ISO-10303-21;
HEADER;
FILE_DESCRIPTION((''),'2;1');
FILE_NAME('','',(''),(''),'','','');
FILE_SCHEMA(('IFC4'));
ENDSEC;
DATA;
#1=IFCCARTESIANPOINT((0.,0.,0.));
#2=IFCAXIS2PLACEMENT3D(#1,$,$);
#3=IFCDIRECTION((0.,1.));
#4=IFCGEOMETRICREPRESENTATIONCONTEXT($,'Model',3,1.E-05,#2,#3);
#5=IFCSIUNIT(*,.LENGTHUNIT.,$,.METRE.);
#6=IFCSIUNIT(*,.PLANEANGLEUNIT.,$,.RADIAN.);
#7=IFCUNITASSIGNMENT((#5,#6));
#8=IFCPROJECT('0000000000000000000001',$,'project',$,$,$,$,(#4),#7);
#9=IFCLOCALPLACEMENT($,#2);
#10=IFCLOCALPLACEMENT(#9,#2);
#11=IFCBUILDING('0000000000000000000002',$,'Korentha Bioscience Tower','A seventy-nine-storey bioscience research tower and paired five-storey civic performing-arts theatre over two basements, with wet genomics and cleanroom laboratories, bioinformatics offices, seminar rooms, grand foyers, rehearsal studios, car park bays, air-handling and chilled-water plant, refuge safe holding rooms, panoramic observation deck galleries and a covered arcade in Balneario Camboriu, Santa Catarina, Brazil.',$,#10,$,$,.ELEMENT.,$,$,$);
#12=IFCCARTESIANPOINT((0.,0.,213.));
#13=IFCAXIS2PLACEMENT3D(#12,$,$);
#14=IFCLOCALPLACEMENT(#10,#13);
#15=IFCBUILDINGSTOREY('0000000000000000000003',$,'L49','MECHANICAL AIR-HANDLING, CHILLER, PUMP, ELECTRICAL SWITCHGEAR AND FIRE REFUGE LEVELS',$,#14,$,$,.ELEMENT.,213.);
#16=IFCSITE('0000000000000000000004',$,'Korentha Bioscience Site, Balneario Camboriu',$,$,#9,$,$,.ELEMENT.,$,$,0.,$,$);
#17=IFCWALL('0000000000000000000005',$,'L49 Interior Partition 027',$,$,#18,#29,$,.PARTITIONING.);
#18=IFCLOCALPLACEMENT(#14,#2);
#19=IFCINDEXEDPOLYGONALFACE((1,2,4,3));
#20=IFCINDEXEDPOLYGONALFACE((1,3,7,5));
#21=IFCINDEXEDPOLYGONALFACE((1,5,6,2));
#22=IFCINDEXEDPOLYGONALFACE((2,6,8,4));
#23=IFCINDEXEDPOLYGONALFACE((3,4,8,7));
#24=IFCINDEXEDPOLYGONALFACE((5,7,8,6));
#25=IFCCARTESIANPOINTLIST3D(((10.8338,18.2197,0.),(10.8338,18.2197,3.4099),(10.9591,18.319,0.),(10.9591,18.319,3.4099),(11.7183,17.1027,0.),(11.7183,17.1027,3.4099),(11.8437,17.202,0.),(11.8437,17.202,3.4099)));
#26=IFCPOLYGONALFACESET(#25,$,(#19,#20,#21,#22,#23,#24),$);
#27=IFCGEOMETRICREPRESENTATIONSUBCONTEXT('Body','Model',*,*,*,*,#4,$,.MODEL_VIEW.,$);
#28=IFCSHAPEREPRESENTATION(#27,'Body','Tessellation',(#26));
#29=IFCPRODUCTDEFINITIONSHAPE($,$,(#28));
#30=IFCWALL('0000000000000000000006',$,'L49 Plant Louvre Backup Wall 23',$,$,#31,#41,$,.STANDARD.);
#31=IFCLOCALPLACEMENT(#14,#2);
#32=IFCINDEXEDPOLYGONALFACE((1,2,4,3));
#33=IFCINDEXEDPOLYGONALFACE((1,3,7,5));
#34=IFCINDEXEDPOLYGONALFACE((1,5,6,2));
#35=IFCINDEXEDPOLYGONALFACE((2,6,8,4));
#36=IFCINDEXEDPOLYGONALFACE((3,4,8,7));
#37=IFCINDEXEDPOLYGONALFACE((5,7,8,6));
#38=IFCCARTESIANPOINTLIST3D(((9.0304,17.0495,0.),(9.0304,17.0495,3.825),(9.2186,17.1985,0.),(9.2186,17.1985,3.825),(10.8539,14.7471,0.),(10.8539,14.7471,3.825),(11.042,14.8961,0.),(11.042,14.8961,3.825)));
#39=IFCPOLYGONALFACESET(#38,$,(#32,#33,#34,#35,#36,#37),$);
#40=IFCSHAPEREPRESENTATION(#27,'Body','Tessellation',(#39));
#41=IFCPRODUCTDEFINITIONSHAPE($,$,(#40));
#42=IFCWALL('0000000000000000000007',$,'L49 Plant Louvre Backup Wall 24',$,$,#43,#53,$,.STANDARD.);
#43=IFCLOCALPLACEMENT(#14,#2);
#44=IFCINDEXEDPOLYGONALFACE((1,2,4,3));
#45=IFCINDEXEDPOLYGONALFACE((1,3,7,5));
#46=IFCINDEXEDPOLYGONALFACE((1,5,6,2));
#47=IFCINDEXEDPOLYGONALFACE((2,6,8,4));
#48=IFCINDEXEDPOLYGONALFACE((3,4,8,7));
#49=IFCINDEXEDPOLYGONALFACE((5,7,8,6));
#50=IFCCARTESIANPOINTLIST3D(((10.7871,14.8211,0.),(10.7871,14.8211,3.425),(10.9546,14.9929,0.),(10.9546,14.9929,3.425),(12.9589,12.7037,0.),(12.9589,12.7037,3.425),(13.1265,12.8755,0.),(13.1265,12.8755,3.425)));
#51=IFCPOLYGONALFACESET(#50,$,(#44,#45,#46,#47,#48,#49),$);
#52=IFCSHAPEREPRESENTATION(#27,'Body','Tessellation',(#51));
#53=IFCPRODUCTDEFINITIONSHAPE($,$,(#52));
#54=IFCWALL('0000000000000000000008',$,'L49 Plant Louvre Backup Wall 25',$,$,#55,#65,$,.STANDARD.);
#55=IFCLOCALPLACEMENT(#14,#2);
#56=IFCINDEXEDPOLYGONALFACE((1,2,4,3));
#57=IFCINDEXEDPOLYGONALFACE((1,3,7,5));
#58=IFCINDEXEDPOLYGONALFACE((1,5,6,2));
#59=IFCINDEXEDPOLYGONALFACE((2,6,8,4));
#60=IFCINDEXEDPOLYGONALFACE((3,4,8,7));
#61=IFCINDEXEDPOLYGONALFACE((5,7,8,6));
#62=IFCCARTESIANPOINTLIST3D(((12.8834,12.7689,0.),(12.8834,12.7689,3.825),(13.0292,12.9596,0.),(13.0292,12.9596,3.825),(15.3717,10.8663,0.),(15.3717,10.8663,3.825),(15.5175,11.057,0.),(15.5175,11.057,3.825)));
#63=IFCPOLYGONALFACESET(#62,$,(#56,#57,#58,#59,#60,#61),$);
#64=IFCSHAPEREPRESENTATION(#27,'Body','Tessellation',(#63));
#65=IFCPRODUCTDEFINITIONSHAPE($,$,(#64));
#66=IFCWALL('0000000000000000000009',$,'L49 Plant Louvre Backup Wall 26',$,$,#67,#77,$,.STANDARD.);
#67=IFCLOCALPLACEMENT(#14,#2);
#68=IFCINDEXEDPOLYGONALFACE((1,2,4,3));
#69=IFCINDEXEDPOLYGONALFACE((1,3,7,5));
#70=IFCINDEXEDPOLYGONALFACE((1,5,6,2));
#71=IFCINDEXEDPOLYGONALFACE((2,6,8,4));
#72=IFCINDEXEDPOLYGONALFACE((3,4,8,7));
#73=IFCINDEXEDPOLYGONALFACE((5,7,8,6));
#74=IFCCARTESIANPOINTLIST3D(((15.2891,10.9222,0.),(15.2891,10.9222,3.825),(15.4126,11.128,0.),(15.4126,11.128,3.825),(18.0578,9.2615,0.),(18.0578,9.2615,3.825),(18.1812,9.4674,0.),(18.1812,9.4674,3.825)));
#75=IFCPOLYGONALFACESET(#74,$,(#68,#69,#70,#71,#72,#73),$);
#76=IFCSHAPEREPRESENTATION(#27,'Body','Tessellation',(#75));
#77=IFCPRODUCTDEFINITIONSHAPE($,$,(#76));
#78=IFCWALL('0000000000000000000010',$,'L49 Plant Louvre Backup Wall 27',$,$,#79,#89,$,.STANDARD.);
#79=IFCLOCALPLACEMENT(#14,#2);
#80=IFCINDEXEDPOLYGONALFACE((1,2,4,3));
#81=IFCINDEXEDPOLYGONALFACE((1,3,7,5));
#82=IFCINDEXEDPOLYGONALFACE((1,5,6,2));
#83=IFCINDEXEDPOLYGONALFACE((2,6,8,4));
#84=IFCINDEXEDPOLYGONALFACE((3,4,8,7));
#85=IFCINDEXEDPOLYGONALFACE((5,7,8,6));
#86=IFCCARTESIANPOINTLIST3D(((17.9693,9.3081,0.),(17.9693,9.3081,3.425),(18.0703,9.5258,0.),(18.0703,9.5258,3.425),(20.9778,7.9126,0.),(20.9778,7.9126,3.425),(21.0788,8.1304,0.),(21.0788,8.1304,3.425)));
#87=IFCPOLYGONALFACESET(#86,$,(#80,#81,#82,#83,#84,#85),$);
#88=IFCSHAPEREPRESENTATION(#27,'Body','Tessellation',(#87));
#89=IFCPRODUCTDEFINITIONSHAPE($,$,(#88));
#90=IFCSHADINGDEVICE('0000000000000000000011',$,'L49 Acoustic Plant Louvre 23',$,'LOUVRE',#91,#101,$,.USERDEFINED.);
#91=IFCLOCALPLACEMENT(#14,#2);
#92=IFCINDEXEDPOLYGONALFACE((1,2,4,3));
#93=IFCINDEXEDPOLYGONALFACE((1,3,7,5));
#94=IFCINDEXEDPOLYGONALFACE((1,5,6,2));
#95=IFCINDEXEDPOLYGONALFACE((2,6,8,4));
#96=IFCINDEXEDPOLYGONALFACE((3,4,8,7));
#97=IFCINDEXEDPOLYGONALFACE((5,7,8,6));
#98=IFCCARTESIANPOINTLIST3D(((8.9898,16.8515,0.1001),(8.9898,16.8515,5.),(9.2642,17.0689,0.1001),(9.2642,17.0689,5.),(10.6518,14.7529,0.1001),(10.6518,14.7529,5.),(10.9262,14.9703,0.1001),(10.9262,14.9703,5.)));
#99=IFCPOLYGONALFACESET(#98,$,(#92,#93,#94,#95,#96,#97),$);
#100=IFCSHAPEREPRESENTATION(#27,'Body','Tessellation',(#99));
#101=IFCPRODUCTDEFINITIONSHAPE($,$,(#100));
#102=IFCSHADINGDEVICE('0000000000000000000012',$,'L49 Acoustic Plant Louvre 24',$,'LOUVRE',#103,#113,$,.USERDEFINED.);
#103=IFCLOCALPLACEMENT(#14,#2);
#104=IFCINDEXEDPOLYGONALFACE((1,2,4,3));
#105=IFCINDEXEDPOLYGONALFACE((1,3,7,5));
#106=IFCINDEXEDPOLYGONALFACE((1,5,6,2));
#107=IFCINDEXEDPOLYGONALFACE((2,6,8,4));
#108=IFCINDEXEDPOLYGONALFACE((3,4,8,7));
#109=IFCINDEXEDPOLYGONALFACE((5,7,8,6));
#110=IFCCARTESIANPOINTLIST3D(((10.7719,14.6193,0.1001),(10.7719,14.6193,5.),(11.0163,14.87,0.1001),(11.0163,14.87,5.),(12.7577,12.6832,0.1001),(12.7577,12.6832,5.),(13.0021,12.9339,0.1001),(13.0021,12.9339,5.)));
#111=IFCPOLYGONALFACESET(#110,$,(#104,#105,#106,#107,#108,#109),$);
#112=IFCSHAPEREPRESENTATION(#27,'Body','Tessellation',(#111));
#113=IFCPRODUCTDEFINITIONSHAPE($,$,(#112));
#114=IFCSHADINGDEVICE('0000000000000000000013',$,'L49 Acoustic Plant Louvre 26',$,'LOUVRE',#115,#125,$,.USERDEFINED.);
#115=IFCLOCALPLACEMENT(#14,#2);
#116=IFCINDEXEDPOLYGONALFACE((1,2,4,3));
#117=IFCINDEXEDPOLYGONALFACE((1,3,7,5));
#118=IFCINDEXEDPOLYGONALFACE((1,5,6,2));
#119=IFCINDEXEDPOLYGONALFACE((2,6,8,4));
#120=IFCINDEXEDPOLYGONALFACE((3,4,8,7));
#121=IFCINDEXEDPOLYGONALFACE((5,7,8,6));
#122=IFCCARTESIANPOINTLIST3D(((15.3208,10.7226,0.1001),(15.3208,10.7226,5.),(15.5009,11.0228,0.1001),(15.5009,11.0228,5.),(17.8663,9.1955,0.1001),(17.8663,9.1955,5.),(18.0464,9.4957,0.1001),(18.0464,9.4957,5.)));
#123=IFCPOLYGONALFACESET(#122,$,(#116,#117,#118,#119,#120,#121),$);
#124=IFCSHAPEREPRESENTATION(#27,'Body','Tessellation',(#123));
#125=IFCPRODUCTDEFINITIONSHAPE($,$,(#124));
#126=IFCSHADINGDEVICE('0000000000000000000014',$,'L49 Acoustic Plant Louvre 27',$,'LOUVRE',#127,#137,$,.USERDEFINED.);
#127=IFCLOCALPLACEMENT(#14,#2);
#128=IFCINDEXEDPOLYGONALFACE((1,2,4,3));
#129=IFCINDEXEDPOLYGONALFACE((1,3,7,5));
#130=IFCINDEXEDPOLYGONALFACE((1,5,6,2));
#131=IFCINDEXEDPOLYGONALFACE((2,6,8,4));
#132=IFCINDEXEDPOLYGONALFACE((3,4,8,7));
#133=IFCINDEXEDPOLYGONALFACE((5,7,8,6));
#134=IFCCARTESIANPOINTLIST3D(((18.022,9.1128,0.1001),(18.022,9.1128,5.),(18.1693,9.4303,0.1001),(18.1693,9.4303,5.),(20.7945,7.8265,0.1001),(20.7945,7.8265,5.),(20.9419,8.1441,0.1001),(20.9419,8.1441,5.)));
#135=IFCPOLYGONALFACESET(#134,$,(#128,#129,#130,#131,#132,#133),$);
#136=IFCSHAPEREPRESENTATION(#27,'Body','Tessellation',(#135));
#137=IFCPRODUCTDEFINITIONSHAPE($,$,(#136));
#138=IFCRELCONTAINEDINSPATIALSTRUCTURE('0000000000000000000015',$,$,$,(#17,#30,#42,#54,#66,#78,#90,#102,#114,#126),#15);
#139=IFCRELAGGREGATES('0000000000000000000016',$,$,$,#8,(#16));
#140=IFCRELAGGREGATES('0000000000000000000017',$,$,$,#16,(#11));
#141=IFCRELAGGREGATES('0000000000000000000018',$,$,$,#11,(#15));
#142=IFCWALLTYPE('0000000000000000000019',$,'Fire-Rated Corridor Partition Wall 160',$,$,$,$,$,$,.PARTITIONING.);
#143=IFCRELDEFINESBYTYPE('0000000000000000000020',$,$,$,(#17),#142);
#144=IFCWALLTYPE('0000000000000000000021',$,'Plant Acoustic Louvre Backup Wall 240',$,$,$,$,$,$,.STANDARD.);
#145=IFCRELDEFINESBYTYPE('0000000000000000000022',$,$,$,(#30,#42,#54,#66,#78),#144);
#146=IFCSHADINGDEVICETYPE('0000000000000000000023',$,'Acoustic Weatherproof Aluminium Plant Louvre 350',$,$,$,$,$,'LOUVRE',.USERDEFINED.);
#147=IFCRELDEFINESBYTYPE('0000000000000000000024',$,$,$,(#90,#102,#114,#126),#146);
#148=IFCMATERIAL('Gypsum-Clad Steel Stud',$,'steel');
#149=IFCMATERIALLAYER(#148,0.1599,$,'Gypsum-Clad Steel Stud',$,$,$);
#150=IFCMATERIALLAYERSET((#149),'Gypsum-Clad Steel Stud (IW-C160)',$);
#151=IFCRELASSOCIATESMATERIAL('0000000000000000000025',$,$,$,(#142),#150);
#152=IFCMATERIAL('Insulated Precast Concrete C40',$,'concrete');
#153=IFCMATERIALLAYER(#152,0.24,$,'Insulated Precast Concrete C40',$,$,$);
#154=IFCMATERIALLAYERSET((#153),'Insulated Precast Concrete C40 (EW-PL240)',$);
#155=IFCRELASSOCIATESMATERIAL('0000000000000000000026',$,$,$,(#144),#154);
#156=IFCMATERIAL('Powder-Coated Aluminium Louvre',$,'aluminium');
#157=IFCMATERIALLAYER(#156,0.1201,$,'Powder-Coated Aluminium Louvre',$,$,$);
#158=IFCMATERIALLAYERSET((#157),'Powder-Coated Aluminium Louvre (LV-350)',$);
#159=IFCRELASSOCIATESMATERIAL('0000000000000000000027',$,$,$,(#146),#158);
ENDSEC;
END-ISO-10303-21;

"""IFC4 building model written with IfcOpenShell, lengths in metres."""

from ifc_helpers import new_model, si_unit, direction, frame, frame_2d, origin, origin_2d, place, context, subcontext, project, spatial, rectangle, extrude, material, layer, layer_set, type_object, element, save


model = new_model("IFC4")

# Units and contexts
model_context = context("Model", 3, precision=1e-05, world=origin(), true_north=direction((0.0, 1.0)))
body_context = subcontext(model_context, "Body", "Model", "MODEL_VIEW")
ifc_project = project(units=[si_unit("LENGTHUNIT", "METRE"), si_unit("PLANEANGLEUNIT", "RADIAN")], contexts=[model_context])

# Site, building, storey
site_placement = place(None, origin())
site = spatial("IfcSite", under=ifc_project, at=site_placement, Name="Korentha Bioscience Site, Balneario Camboriu", CompositionType="ELEMENT", RefElevation=0.0)
building_placement = place(site_placement, origin())
building = spatial("IfcBuilding", under=site, at=building_placement, Name="Korentha Bioscience Tower", Description="A seventy-nine-storey bioscience research tower and paired five-storey civic performing-arts theatre over two basements, with wet genomics and cleanroom laboratories, bioinformatics offices, seminar rooms, grand foyers, rehearsal studios, car park bays, air-handling and chilled-water plant, refuge safe holding rooms, panoramic observation deck galleries and a covered arcade in Balneario Camboriu, Santa Catarina, Brazil.", CompositionType="ELEMENT")
storey_placement = place(building_placement, frame((0.0, 0.0, 213.0)))
storey = spatial("IfcBuildingStorey", under=building, at=storey_placement, Name="L49", Description="MECHANICAL AIR-HANDLING, CHILLER, PUMP, ELECTRICAL SWITCHGEAR AND FIRE REFUGE LEVELS", CompositionType="ELEMENT", Elevation=213.0)

# Walls
ifc_material_1 = material(Name="Gypsum-Clad Steel Stud", Category="steel")
ifc_layer_1 = layer(ifc_material_1, 0.1599, Name="Gypsum-Clad Steel Stud")
ifc_layer_set_1 = layer_set([ifc_layer_1], Name="Gypsum-Clad Steel Stud (IW-C160)")
wall_type_1 = type_object("IfcWallType", Name="Fire-Rated Corridor Partition Wall 160", PredefinedType="PARTITIONING", material=ifc_layer_set_1)
wall_1_placement = place(storey_placement, frame((11.781, 17.1523, 0.0), z_axis=(0.0, 0.0, 1.0), x_axis=(-0.620821, 0.783952, 0.0)))
element("IfcWall", 1, at=wall_1_placement, inside=storey, type_object=wall_type_1, Name="L49 Interior Partition 027", PredefinedType="PARTITIONING", context=body_context, shape_type="SweptSolid", body=[
    extrude(rectangle(XDim=1.4248, YDim=0.1599, at=frame_2d((0.7124, 0.0))), origin(), (0.0, 0.0, 1.0), 3.4099),
])
ifc_material_2 = material(Name="Insulated Precast Concrete C40", Category="concrete")
ifc_layer_2 = layer(ifc_material_2, 0.24, Name="Insulated Precast Concrete C40")
ifc_layer_set_2 = layer_set([ifc_layer_2], Name="Insulated Precast Concrete C40 (EW-PL240)")
wall_type_2 = type_object("IfcWallType", Name="Plant Acoustic Louvre Backup Wall 240", PredefinedType="STANDARD", material=ifc_layer_set_2)
wall_2_placement = place(storey_placement, frame((9.1245, 17.124, 0.0), z_axis=(0.0, 0.0, 1.0), x_axis=(0.620846, -0.783933, 0.0)))
element("IfcWall", 2, at=wall_2_placement, inside=storey, type_object=wall_type_2, Name="L49 Plant Louvre Backup Wall 23", PredefinedType="STANDARD", context=body_context, shape_type="SweptSolid", body=[
    extrude(rectangle(XDim=2.937, YDim=0.24, at=frame_2d((1.4685, 0.0))), origin(), (0.0, 0.0, 1.0), 3.825),
])
wall_3_placement = place(storey_placement, frame((10.8708, 14.907, 0.0), z_axis=(0.0, 0.0, 1.0), x_axis=(0.716024, -0.698075, 0.0)))
element("IfcWall", 3, at=wall_3_placement, inside=storey, type_object=wall_type_2, Name="L49 Plant Louvre Backup Wall 24", PredefinedType="STANDARD", context=body_context, shape_type="SweptSolid", body=[
    extrude(rectangle(XDim=3.0332, YDim=0.24, at=frame_2d((1.5166, 0.0))), origin(), (0.0, 0.0, 1.0), 3.425),
])
wall_4_placement = place(storey_placement, frame((12.9563, 12.8643, 0.0), z_axis=(0.0, 0.0, 1.0), x_axis=(0.794391, -0.607407, 0.0)))
element("IfcWall", 4, at=wall_4_placement, inside=storey, type_object=wall_type_2, Name="L49 Plant Louvre Backup Wall 25", PredefinedType="STANDARD", context=body_context, shape_type="SweptSolid", body=[
    extrude(rectangle(XDim=3.1323, YDim=0.24, at=frame_2d((1.5662, 0.0))), origin(), (0.0, 0.0, 1.0), 3.825),
])
wall_5_placement = place(storey_placement, frame((15.3508, 11.0251, 0.0), z_axis=(0.0, 0.0, 1.0), x_axis=(0.85756, -0.514385, 0.0)))
element("IfcWall", 5, at=wall_5_placement, inside=storey, type_object=wall_type_2, Name="L49 Plant Louvre Backup Wall 26", PredefinedType="STANDARD", context=body_context, shape_type="SweptSolid", body=[
    extrude(rectangle(XDim=3.2285, YDim=0.24, at=frame_2d((1.6143, 0.0))), origin(), (0.0, 0.0, 1.0), 3.825),
])
wall_6_placement = place(storey_placement, frame((18.0198, 9.417, 0.0), z_axis=(0.0, 0.0, 1.0), x_axis=(0.907161, -0.420785, 0.0)))
element("IfcWall", 6, at=wall_6_placement, inside=storey, type_object=wall_type_2, Name="L49 Plant Louvre Backup Wall 27", PredefinedType="STANDARD", context=body_context, shape_type="SweptSolid", body=[
    extrude(rectangle(XDim=3.3164, YDim=0.24, at=frame_2d((1.6582, 0.0))), origin(), (0.0, 0.0, 1.0), 3.425),
])

# Shading devices
ifc_material_3 = material(Name="Powder-Coated Aluminium Louvre", Category="aluminium")
ifc_layer_3 = layer(ifc_material_3, 0.1201, Name="Powder-Coated Aluminium Louvre")
ifc_layer_set_3 = layer_set([ifc_layer_3], Name="Powder-Coated Aluminium Louvre (LV-350)")
shading_device_type = type_object("IfcShadingDeviceType", Name="Acoustic Weatherproof Aluminium Plant Louvre 350", ElementType="LOUVRE", PredefinedType="USERDEFINED", material=ifc_layer_set_3)
shading_device_1_placement = place(storey_placement, frame((9.958, 15.9109, 0.1001), z_axis=(0.0, 0.0, 1.0), x_axis=(0.620845, -0.783934, 0.0)))
element("IfcShadingDevice", 7, at=shading_device_1_placement, inside=storey, type_object=shading_device_type, Name="L49 Acoustic Plant Louvre 23", ObjectType="LOUVRE", PredefinedType="USERDEFINED", context=body_context, shape_type="SweptSolid", body=[
    extrude(rectangle(XDim=2.677, YDim=0.3501, at=origin_2d()), origin(), (0.0, 0.0, 1.0), 4.8999),
])
shading_device_2_placement = place(storey_placement, frame((11.887, 13.7766, 0.1001), z_axis=(0.0, 0.0, 1.0), x_axis=(0.715999, -0.698101, 0.0)))
element("IfcShadingDevice", 8, at=shading_device_2_placement, inside=storey, type_object=shading_device_type, Name="L49 Acoustic Plant Louvre 24", ObjectType="LOUVRE", PredefinedType="USERDEFINED", context=body_context, shape_type="SweptSolid", body=[
    extrude(rectangle(XDim=2.7734, YDim=0.3501, at=origin_2d()), origin(), (0.0, 0.0, 1.0), 4.8999),
])
shading_device_3_placement = place(storey_placement, frame((16.6836, 10.1091, 0.1001), z_axis=(0.0, 0.0, 1.0), x_axis=(0.857524, -0.514444, 0.0)))
element("IfcShadingDevice", 9, at=shading_device_3_placement, inside=storey, type_object=shading_device_type, Name="L49 Acoustic Plant Louvre 26", ObjectType="LOUVRE", PredefinedType="USERDEFINED", context=body_context, shape_type="SweptSolid", body=[
    extrude(rectangle(XDim=2.9685, YDim=0.3501, at=origin_2d()), origin(), (0.0, 0.0, 1.0), 4.8999),
])
shading_device_4_placement = place(storey_placement, frame((19.4819, 8.6284, 0.1001), z_axis=(0.0, 0.0, 1.0), x_axis=(0.907133, -0.420844, 0.0)))
element("IfcShadingDevice", 10, at=shading_device_4_placement, inside=storey, type_object=shading_device_type, Name="L49 Acoustic Plant Louvre 27", ObjectType="LOUVRE", PredefinedType="USERDEFINED", context=body_context, shape_type="SweptSolid", body=[
    extrude(rectangle(XDim=3.0564, YDim=0.3501, at=origin_2d()), origin(), (0.0, 0.0, 1.0), 4.8999),
])

save(model, "model.ifc")
